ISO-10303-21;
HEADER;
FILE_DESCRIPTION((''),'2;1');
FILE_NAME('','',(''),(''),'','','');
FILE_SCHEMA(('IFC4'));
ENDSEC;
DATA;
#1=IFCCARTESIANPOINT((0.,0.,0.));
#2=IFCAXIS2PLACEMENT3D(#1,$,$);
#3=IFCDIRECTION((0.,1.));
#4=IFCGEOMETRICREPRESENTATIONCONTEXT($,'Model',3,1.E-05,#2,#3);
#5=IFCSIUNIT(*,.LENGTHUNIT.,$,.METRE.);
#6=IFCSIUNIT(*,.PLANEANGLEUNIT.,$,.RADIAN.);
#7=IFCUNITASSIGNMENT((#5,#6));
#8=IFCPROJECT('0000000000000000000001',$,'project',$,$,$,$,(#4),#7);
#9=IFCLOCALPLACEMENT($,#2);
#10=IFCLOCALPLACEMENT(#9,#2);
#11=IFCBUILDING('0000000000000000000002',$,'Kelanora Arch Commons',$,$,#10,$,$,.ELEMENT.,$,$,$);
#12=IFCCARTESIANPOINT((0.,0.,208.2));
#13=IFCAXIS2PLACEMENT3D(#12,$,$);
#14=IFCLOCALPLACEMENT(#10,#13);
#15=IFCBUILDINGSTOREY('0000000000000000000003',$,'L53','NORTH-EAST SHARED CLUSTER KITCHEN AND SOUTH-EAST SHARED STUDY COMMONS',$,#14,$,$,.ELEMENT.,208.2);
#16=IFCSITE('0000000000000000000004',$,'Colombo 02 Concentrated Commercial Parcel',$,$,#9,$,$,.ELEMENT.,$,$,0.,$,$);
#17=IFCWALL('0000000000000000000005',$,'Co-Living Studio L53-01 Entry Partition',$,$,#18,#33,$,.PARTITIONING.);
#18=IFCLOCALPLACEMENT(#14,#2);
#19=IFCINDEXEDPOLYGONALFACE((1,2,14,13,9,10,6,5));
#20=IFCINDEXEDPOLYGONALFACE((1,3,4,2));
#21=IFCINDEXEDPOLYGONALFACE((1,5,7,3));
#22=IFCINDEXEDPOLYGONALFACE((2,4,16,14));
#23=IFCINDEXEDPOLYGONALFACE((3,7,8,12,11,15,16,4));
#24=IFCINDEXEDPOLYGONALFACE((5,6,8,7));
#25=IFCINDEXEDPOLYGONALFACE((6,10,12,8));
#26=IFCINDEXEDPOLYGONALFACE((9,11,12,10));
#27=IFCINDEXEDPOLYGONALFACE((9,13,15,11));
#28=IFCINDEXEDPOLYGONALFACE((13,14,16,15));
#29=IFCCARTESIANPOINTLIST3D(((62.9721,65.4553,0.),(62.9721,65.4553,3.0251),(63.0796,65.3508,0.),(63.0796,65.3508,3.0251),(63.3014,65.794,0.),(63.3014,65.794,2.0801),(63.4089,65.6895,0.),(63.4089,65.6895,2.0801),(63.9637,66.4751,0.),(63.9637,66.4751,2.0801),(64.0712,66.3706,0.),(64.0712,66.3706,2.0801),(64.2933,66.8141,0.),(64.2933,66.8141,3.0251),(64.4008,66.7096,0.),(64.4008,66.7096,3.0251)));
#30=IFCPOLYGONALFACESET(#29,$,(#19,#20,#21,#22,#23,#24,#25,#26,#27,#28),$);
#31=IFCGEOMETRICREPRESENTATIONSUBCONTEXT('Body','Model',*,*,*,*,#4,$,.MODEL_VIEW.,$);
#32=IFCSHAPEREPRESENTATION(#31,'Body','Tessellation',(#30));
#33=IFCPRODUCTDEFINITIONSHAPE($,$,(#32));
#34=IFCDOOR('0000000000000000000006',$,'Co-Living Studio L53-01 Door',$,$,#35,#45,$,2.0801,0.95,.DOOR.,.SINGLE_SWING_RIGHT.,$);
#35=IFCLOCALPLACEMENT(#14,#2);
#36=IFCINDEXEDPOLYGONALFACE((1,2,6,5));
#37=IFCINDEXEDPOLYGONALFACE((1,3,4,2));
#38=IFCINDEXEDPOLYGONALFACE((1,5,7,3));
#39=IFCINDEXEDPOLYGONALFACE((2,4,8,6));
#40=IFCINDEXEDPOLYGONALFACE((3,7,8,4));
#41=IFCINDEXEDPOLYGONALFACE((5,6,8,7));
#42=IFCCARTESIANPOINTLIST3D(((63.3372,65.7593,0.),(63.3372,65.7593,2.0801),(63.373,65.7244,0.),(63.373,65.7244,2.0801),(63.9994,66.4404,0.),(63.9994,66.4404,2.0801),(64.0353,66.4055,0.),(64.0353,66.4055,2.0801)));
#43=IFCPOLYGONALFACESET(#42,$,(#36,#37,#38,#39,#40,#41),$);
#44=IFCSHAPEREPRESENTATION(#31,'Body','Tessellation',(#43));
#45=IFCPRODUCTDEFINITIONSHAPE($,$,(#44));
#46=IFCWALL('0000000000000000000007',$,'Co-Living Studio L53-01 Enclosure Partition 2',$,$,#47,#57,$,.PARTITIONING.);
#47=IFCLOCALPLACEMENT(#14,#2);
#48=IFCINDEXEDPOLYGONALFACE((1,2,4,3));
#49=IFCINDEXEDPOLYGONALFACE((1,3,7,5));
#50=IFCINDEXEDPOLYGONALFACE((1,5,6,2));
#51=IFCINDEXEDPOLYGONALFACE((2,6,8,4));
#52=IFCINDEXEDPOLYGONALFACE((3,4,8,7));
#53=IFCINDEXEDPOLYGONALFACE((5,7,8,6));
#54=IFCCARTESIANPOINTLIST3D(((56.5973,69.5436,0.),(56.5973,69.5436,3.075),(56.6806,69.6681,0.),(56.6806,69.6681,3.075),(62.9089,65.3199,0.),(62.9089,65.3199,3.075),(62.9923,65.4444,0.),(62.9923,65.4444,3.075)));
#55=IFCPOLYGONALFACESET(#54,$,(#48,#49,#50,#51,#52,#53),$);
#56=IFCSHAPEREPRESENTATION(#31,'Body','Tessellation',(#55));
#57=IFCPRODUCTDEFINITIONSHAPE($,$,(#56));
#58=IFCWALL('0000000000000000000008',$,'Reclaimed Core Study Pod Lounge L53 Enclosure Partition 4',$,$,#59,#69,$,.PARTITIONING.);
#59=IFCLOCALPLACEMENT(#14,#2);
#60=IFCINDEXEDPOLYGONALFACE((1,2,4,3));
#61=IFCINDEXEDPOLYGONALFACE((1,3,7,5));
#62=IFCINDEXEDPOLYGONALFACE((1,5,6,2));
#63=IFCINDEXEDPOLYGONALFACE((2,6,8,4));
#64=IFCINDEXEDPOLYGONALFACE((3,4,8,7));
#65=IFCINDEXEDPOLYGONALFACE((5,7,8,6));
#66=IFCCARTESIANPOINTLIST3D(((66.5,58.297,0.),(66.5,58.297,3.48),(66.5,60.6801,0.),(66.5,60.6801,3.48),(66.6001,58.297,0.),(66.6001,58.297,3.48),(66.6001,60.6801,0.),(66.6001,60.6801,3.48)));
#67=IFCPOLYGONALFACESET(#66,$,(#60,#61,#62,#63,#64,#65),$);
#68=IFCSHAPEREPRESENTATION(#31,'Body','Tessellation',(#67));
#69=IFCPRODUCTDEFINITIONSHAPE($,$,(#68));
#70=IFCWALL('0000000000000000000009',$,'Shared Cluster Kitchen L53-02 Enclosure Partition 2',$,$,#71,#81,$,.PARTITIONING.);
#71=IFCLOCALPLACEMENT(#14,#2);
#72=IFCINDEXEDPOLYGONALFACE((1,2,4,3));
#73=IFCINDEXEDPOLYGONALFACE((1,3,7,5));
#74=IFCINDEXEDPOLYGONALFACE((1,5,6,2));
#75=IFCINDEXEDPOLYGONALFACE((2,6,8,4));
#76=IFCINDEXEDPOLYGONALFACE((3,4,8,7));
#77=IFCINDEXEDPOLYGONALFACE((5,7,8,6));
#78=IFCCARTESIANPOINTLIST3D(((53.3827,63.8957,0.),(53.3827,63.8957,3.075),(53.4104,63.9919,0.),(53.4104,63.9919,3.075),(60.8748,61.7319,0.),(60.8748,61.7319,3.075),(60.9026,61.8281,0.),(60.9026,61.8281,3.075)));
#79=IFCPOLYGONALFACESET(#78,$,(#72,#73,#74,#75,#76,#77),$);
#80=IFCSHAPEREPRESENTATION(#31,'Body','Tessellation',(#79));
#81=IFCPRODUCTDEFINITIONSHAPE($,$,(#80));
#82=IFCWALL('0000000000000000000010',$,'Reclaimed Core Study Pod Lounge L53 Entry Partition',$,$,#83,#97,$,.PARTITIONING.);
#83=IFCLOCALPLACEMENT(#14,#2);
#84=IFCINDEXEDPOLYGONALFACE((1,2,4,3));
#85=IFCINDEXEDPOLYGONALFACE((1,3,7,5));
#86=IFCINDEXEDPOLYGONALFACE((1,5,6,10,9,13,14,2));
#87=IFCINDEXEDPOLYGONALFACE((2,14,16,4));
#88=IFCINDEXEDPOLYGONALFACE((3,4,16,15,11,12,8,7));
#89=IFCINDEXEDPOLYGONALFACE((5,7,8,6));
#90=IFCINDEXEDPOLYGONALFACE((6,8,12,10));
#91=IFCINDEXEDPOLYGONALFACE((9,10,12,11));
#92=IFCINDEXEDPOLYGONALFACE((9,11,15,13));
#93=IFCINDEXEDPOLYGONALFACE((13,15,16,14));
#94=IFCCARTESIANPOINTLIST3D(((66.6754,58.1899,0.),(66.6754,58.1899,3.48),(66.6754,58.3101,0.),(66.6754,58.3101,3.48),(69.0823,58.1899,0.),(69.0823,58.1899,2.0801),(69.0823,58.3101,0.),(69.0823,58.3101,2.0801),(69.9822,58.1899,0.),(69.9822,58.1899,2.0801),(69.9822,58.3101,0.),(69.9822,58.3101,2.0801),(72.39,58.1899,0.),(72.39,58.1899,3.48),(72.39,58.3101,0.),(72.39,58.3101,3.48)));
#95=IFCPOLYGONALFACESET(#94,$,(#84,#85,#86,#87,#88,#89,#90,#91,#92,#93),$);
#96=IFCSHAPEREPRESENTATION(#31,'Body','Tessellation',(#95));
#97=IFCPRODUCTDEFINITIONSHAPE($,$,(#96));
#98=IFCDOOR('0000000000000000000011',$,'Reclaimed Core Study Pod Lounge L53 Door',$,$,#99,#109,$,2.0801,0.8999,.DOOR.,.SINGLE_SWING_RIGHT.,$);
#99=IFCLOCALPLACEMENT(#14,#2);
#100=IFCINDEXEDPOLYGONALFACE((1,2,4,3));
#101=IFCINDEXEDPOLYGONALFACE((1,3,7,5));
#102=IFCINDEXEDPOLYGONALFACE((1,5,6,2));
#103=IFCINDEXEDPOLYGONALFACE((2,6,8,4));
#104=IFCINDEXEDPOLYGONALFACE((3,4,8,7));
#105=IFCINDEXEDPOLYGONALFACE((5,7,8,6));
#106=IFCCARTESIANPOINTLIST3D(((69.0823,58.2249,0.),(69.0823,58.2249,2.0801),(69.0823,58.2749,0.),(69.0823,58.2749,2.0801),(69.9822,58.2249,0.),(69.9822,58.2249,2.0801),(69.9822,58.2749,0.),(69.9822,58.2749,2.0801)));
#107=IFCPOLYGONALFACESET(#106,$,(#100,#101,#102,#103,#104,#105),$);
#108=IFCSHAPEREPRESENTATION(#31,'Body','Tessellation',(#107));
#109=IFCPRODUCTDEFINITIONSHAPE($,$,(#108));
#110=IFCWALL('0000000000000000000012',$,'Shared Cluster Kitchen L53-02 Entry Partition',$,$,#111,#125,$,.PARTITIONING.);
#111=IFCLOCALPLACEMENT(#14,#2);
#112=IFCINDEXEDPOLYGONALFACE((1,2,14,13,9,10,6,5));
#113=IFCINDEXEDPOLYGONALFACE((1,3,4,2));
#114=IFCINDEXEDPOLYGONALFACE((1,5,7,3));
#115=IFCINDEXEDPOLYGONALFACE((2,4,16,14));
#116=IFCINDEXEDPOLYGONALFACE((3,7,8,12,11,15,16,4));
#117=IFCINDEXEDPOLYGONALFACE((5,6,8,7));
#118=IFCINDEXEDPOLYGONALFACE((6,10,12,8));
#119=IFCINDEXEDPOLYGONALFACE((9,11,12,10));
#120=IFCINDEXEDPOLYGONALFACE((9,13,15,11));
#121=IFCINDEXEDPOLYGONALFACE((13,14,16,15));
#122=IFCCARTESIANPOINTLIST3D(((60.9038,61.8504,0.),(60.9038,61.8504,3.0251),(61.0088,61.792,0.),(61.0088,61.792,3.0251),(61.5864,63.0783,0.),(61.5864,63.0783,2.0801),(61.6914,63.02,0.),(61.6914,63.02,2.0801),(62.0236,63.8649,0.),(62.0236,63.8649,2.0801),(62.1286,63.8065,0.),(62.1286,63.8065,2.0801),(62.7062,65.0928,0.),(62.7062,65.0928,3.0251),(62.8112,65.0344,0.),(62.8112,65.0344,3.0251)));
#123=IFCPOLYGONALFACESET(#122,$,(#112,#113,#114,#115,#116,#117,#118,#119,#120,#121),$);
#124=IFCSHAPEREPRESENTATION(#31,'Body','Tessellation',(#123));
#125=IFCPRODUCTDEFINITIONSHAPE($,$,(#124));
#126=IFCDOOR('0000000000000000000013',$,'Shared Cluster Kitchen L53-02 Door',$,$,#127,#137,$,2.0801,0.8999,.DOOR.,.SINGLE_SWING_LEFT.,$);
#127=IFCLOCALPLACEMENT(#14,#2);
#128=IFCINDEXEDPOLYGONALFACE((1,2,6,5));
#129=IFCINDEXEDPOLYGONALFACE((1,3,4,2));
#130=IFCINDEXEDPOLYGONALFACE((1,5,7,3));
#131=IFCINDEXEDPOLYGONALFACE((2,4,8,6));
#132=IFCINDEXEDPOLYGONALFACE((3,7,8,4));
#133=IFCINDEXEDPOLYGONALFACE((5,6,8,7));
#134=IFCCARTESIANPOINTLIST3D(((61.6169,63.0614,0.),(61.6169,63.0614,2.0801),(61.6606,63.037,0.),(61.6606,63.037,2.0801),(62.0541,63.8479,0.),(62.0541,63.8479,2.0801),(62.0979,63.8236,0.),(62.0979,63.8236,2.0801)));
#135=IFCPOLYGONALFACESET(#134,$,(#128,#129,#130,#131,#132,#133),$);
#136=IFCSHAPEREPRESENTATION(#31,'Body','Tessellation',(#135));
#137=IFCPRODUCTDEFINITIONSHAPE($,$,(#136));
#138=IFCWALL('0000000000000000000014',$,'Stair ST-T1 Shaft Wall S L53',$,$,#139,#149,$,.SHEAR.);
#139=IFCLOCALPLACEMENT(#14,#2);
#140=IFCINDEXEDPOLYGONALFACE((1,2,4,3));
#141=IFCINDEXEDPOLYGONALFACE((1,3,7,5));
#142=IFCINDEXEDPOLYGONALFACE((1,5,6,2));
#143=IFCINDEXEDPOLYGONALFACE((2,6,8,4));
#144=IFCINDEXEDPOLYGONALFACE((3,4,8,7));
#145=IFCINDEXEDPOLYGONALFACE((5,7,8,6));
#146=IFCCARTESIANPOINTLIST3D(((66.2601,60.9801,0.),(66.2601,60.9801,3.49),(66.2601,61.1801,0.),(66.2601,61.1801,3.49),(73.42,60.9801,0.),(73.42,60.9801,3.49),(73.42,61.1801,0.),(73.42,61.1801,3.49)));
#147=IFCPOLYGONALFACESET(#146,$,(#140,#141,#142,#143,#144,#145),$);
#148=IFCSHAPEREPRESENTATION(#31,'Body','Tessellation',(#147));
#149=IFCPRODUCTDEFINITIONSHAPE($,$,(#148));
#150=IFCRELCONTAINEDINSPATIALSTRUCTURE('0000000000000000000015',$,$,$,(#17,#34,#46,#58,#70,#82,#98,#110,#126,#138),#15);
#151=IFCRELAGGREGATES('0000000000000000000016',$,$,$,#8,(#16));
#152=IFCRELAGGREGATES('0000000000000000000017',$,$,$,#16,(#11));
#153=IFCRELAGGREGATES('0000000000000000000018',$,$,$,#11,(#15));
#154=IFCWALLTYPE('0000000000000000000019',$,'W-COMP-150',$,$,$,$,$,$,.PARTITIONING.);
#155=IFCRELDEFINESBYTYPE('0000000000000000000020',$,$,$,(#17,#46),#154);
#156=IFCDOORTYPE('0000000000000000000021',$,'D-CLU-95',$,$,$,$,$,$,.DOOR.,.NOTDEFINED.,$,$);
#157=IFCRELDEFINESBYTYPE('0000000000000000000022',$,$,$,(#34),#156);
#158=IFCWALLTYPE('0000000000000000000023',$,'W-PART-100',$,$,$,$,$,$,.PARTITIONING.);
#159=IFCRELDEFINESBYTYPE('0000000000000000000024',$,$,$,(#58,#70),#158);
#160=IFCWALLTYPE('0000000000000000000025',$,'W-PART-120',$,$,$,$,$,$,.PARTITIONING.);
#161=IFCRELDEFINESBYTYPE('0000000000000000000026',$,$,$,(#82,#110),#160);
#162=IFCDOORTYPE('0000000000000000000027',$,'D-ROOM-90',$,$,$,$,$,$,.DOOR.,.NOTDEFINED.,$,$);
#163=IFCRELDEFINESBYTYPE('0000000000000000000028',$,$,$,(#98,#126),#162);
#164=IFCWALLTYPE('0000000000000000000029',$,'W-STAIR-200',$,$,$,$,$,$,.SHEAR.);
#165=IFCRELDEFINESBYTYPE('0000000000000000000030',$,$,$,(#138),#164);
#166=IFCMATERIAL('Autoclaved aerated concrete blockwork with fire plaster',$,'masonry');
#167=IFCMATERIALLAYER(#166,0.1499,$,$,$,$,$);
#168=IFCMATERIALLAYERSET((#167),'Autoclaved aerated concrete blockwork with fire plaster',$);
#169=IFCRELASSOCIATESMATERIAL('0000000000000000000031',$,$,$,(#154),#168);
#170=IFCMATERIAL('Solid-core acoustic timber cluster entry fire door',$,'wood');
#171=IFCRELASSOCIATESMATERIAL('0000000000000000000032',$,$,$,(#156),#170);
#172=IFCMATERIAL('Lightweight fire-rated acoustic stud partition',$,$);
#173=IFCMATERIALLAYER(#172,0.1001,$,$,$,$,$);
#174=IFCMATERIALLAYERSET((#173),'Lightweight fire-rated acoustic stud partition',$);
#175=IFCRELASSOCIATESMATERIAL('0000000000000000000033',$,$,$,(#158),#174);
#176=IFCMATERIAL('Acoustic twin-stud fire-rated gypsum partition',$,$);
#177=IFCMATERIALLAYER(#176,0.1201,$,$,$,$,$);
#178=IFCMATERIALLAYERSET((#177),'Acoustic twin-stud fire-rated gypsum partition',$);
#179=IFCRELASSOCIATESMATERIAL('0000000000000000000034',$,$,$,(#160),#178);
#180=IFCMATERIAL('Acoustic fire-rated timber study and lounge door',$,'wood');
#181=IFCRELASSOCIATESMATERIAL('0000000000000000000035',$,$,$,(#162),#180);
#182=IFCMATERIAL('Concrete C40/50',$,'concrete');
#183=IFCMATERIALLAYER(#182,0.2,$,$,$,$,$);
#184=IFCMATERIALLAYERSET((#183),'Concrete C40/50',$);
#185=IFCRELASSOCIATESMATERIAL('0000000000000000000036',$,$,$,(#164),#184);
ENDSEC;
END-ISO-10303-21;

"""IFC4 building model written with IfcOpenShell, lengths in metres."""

from ifc_helpers import new_model, si_unit, direction, frame, frame_2d, origin, place, context, subcontext, project, spatial, rectangle, extrude, material, layer, layer_set, type_object, element, fill, save


model = new_model("IFC4")

# Units and contexts
model_context = context("Model", 3, precision=1e-05, world=origin(), true_north=direction((0.0, 1.0)))
body_context = subcontext(model_context, "Body", "Model", "MODEL_VIEW")
ifc_project = project(units=[si_unit("LENGTHUNIT", "METRE"), si_unit("PLANEANGLEUNIT", "RADIAN")], contexts=[model_context])

# Site, building, storey
site_placement = place(None, origin())
site = spatial("IfcSite", under=ifc_project, at=site_placement, Name="Colombo 02 Concentrated Commercial Parcel", CompositionType="ELEMENT", RefElevation=0.0)
building_placement = place(site_placement, origin())
building = spatial("IfcBuilding", under=site, at=building_placement, Name="Kelanora Arch Commons", CompositionType="ELEMENT")
storey_placement = place(building_placement, frame((0.0, 0.0, 208.2)))
storey = spatial("IfcBuildingStorey", under=building, at=storey_placement, Name="L53", Description="NORTH-EAST SHARED CLUSTER KITCHEN AND SOUTH-EAST SHARED STUDY COMMONS", CompositionType="ELEMENT", Elevation=208.2)

# Wall, opening, door
ifc_material_1 = material(Name="Autoclaved aerated concrete blockwork with fire plaster", Category="masonry")
ifc_layer_1 = layer(ifc_material_1, 0.1499)
ifc_layer_set_1 = layer_set([ifc_layer_1], Name="Autoclaved aerated concrete blockwork with fire plaster")
wall_type_1 = type_object("IfcWallType", Name="W-COMP-150", PredefinedType="PARTITIONING", material=ifc_layer_set_1)
wall_1_placement = place(storey_placement, frame((64.3472, 66.762, 0.0), z_axis=(0.0, 0.0, 1.0), x_axis=(-0.697119, -0.716956, 0.0)))
wall_1 = element("IfcWall", 1, at=wall_1_placement, inside=storey, type_object=wall_type_1, Name="Co-Living Studio L53-01 Entry Partition", PredefinedType="PARTITIONING", context=body_context, shape_type="SweptSolid", body=[
    extrude(rectangle(XDim=1.8953, YDim=0.1499, at=frame_2d((0.9478, 0.0))), origin(), (0.0, 0.0, 1.0), 3.0251),
])
opening_1_placement = place(wall_1_placement, frame((0.4729, 0.0, 0.0)))
opening_1 = element("IfcOpeningElement", 2, at=opening_1_placement, cuts=wall_1, PredefinedType="OPENING", context=body_context, shape_type="SweptSolid", body=[
    extrude(rectangle(XDim=0.95, YDim=2.0801, at=frame_2d((0.4751, 1.04))), frame((0.0, 0.085, 0.0), z_axis=(0.0, -1.0, 0.0), x_axis=(1.0, 0.0, 0.0)), (0.0, 0.0, 1.0), 0.1699),
])
ifc_material_2 = material(Name="Solid-core acoustic timber cluster entry fire door", Category="wood")
door_type_1 = type_object("IfcDoorType", Name="D-CLU-95", OperationType="NOTDEFINED", PredefinedType="DOOR", material=ifc_material_2)
door_1_placement = place(opening_1_placement, origin())
door_1 = element("IfcDoor", 3, at=door_1_placement, inside=storey, type_object=door_type_1, Name="Co-Living Studio L53-01 Door", OperationType="SINGLE_SWING_RIGHT", OverallHeight=2.0801, OverallWidth=0.95, PredefinedType="DOOR", context=body_context, shape_type="SweptSolid", body=[
    extrude(rectangle(XDim=0.95, YDim=2.0801, at=frame_2d((0.4751, 1.04))), frame((0.0, 0.0249, 0.0), z_axis=(0.0, -1.0, 0.0), x_axis=(1.0, 0.0, 0.0)), (0.0, 0.0, 1.0), 0.05),
])
fill(opening_1, door_1)

# Walls
wall_2_placement = place(storey_placement, frame((62.9507, 65.3821, 0.0), z_axis=(0.0, 0.0, 1.0), x_axis=(-0.83108, 0.556153, 0.0)))
element("IfcWall", 4, at=wall_2_placement, inside=storey, type_object=wall_type_1, Name="Co-Living Studio L53-01 Enclosure Partition 2", PredefinedType="PARTITIONING", context=body_context, shape_type="SweptSolid", body=[
    extrude(rectangle(XDim=7.5945, YDim=0.1499, at=frame_2d((3.7974, 0.0))), origin(), (0.0, 0.0, 1.0), 3.075),
])
ifc_material_3 = material(Name="Lightweight fire-rated acoustic stud partition")
ifc_layer_2 = layer(ifc_material_3, 0.1001)
ifc_layer_set_2 = layer_set([ifc_layer_2], Name="Lightweight fire-rated acoustic stud partition")
wall_type_2 = type_object("IfcWallType", Name="W-PART-100", PredefinedType="PARTITIONING", material=ifc_layer_set_2)
wall_3_placement = place(storey_placement, frame((66.55, 60.6799, 0.0), z_axis=(0.0, 0.0, 1.0), x_axis=(0.0, -1.0, 0.0)))
element("IfcWall", 5, at=wall_3_placement, inside=storey, type_object=wall_type_2, Name="Reclaimed Core Study Pod Lounge L53 Enclosure Partition 4", PredefinedType="PARTITIONING", context=body_context, shape_type="SweptSolid", body=[
    extrude(rectangle(XDim=2.3831, YDim=0.1001, at=frame_2d((1.1914, 0.0))), origin(), (0.0, 0.0, 1.0), 3.48),
])
wall_4_placement = place(storey_placement, frame((60.8887, 61.78, 0.0), z_axis=(0.0, 0.0, 1.0), x_axis=(-0.960734, 0.27747, 0.0)))
element("IfcWall", 6, at=wall_4_placement, inside=storey, type_object=wall_type_2, Name="Shared Cluster Kitchen L53-02 Enclosure Partition 2", PredefinedType="PARTITIONING", context=body_context, shape_type="SweptSolid", body=[
    extrude(rectangle(XDim=7.7983, YDim=0.1001, at=frame_2d((3.8992, 0.0))), origin(), (0.0, 0.0, 1.0), 3.075),
])

# Walls, openings, doors
ifc_material_4 = material(Name="Acoustic twin-stud fire-rated gypsum partition")
ifc_layer_3 = layer(ifc_material_4, 0.1201)
ifc_layer_set_3 = layer_set([ifc_layer_3], Name="Acoustic twin-stud fire-rated gypsum partition")
wall_type_3 = type_object("IfcWallType", Name="W-PART-120", PredefinedType="PARTITIONING", material=ifc_layer_set_3)
wall_5_placement = place(storey_placement, frame((66.6753, 58.25, 0.0), z_axis=(0.0, 0.0, 1.0), x_axis=(1.0, 0.0, 0.0)))
wall_5 = element("IfcWall", 7, at=wall_5_placement, inside=storey, type_object=wall_type_3, Name="Reclaimed Core Study Pod Lounge L53 Entry Partition", PredefinedType="PARTITIONING", context=body_context, shape_type="SweptSolid", body=[
    extrude(rectangle(XDim=5.7146, YDim=0.1201, at=frame_2d((2.8574, 0.0))), origin(), (0.0, 0.0, 1.0), 3.48),
])
opening_2_placement = place(wall_5_placement, frame((2.407, 0.0, 0.0)))
opening_2 = element("IfcOpeningElement", 8, at=opening_2_placement, cuts=wall_5, PredefinedType="OPENING", context=body_context, shape_type="SweptSolid", body=[
    extrude(rectangle(XDim=0.8999, YDim=2.0801, at=frame_2d((0.45, 1.04))), frame((0.0, 0.0701, 0.0), z_axis=(0.0, -1.0, 0.0), x_axis=(1.0, 0.0, 0.0)), (0.0, 0.0, 1.0), 0.1401),
])
ifc_material_5 = material(Name="Acoustic fire-rated timber study and lounge door", Category="wood")
door_type_2 = type_object("IfcDoorType", Name="D-ROOM-90", OperationType="NOTDEFINED", PredefinedType="DOOR", material=ifc_material_5)
door_2_placement = place(opening_2_placement, origin())
door_2 = element("IfcDoor", 9, at=door_2_placement, inside=storey, type_object=door_type_2, Name="Reclaimed Core Study Pod Lounge L53 Door", OperationType="SINGLE_SWING_RIGHT", OverallHeight=2.0801, OverallWidth=0.8999, PredefinedType="DOOR", context=body_context, shape_type="SweptSolid", body=[
    extrude(rectangle(XDim=0.8999, YDim=2.0801, at=frame_2d((0.45, 1.04))), frame((0.0, 0.0249, 0.0), z_axis=(0.0, -1.0, 0.0), x_axis=(1.0, 0.0, 0.0)), (0.0, 0.0, 1.0), 0.05),
])
fill(opening_2, door_2)
wall_6_placement = place(storey_placement, frame((62.7588, 65.0637, 0.0), z_axis=(0.0, 0.0, 1.0), x_axis=(-0.485878, -0.874027, 0.0)))
wall_6 = element("IfcWall", 10, at=wall_6_placement, inside=storey, type_object=wall_type_3, Name="Shared Cluster Kitchen L53-02 Entry Partition", PredefinedType="PARTITIONING", context=body_context, shape_type="SweptSolid", body=[
    extrude(rectangle(XDim=3.7097, YDim=0.1201, at=frame_2d((1.855, 0.0))), origin(), (0.0, 0.0, 1.0), 3.0251),
])
opening_3_placement = place(wall_6_placement, frame((1.405, 0.0, 0.0)))
opening_3 = element("IfcOpeningElement", 11, at=opening_3_placement, cuts=wall_6, PredefinedType="OPENING", context=body_context, shape_type="SweptSolid", body=[
    extrude(rectangle(XDim=0.8999, YDim=2.0801, at=frame_2d((0.45, 1.04))), frame((0.0, 0.0701, 0.0), z_axis=(0.0, -1.0, 0.0), x_axis=(1.0, 0.0, 0.0)), (0.0, 0.0, 1.0), 0.1401),
])
door_3_placement = place(opening_3_placement, origin())
door_3 = element("IfcDoor", 12, at=door_3_placement, inside=storey, type_object=door_type_2, Name="Shared Cluster Kitchen L53-02 Door", OperationType="SINGLE_SWING_LEFT", OverallHeight=2.0801, OverallWidth=0.8999, PredefinedType="DOOR", context=body_context, shape_type="SweptSolid", body=[
    extrude(rectangle(XDim=0.8999, YDim=2.0801, at=frame_2d((0.45, 1.04))), frame((0.0, 0.0249, 0.0), z_axis=(0.0, -1.0, 0.0), x_axis=(1.0, 0.0, 0.0)), (0.0, 0.0, 1.0), 0.05),
])
fill(opening_3, door_3)

# Wall
ifc_material_6 = material(Name="Concrete C40/50", Category="concrete")
ifc_layer_4 = layer(ifc_material_6, 0.2)
ifc_layer_set_4 = layer_set([ifc_layer_4], Name="Concrete C40/50")
wall_type_4 = type_object("IfcWallType", Name="W-STAIR-200", PredefinedType="SHEAR", material=ifc_layer_set_4)
wall_7_placement = place(storey_placement, frame((66.26, 61.0801, 0.0), z_axis=(0.0, 0.0, 1.0), x_axis=(1.0, 0.0, 0.0)))
element("IfcWall", 13, at=wall_7_placement, inside=storey, type_object=wall_type_4, Name="Stair ST-T1 Shaft Wall S L53", PredefinedType="SHEAR", context=body_context, shape_type="SweptSolid", body=[
    extrude(rectangle(XDim=7.1599, YDim=0.2, at=frame_2d((3.5801, 0.0))), origin(), (0.0, 0.0, 1.0), 3.49),
])

save(model, "model.ifc")
